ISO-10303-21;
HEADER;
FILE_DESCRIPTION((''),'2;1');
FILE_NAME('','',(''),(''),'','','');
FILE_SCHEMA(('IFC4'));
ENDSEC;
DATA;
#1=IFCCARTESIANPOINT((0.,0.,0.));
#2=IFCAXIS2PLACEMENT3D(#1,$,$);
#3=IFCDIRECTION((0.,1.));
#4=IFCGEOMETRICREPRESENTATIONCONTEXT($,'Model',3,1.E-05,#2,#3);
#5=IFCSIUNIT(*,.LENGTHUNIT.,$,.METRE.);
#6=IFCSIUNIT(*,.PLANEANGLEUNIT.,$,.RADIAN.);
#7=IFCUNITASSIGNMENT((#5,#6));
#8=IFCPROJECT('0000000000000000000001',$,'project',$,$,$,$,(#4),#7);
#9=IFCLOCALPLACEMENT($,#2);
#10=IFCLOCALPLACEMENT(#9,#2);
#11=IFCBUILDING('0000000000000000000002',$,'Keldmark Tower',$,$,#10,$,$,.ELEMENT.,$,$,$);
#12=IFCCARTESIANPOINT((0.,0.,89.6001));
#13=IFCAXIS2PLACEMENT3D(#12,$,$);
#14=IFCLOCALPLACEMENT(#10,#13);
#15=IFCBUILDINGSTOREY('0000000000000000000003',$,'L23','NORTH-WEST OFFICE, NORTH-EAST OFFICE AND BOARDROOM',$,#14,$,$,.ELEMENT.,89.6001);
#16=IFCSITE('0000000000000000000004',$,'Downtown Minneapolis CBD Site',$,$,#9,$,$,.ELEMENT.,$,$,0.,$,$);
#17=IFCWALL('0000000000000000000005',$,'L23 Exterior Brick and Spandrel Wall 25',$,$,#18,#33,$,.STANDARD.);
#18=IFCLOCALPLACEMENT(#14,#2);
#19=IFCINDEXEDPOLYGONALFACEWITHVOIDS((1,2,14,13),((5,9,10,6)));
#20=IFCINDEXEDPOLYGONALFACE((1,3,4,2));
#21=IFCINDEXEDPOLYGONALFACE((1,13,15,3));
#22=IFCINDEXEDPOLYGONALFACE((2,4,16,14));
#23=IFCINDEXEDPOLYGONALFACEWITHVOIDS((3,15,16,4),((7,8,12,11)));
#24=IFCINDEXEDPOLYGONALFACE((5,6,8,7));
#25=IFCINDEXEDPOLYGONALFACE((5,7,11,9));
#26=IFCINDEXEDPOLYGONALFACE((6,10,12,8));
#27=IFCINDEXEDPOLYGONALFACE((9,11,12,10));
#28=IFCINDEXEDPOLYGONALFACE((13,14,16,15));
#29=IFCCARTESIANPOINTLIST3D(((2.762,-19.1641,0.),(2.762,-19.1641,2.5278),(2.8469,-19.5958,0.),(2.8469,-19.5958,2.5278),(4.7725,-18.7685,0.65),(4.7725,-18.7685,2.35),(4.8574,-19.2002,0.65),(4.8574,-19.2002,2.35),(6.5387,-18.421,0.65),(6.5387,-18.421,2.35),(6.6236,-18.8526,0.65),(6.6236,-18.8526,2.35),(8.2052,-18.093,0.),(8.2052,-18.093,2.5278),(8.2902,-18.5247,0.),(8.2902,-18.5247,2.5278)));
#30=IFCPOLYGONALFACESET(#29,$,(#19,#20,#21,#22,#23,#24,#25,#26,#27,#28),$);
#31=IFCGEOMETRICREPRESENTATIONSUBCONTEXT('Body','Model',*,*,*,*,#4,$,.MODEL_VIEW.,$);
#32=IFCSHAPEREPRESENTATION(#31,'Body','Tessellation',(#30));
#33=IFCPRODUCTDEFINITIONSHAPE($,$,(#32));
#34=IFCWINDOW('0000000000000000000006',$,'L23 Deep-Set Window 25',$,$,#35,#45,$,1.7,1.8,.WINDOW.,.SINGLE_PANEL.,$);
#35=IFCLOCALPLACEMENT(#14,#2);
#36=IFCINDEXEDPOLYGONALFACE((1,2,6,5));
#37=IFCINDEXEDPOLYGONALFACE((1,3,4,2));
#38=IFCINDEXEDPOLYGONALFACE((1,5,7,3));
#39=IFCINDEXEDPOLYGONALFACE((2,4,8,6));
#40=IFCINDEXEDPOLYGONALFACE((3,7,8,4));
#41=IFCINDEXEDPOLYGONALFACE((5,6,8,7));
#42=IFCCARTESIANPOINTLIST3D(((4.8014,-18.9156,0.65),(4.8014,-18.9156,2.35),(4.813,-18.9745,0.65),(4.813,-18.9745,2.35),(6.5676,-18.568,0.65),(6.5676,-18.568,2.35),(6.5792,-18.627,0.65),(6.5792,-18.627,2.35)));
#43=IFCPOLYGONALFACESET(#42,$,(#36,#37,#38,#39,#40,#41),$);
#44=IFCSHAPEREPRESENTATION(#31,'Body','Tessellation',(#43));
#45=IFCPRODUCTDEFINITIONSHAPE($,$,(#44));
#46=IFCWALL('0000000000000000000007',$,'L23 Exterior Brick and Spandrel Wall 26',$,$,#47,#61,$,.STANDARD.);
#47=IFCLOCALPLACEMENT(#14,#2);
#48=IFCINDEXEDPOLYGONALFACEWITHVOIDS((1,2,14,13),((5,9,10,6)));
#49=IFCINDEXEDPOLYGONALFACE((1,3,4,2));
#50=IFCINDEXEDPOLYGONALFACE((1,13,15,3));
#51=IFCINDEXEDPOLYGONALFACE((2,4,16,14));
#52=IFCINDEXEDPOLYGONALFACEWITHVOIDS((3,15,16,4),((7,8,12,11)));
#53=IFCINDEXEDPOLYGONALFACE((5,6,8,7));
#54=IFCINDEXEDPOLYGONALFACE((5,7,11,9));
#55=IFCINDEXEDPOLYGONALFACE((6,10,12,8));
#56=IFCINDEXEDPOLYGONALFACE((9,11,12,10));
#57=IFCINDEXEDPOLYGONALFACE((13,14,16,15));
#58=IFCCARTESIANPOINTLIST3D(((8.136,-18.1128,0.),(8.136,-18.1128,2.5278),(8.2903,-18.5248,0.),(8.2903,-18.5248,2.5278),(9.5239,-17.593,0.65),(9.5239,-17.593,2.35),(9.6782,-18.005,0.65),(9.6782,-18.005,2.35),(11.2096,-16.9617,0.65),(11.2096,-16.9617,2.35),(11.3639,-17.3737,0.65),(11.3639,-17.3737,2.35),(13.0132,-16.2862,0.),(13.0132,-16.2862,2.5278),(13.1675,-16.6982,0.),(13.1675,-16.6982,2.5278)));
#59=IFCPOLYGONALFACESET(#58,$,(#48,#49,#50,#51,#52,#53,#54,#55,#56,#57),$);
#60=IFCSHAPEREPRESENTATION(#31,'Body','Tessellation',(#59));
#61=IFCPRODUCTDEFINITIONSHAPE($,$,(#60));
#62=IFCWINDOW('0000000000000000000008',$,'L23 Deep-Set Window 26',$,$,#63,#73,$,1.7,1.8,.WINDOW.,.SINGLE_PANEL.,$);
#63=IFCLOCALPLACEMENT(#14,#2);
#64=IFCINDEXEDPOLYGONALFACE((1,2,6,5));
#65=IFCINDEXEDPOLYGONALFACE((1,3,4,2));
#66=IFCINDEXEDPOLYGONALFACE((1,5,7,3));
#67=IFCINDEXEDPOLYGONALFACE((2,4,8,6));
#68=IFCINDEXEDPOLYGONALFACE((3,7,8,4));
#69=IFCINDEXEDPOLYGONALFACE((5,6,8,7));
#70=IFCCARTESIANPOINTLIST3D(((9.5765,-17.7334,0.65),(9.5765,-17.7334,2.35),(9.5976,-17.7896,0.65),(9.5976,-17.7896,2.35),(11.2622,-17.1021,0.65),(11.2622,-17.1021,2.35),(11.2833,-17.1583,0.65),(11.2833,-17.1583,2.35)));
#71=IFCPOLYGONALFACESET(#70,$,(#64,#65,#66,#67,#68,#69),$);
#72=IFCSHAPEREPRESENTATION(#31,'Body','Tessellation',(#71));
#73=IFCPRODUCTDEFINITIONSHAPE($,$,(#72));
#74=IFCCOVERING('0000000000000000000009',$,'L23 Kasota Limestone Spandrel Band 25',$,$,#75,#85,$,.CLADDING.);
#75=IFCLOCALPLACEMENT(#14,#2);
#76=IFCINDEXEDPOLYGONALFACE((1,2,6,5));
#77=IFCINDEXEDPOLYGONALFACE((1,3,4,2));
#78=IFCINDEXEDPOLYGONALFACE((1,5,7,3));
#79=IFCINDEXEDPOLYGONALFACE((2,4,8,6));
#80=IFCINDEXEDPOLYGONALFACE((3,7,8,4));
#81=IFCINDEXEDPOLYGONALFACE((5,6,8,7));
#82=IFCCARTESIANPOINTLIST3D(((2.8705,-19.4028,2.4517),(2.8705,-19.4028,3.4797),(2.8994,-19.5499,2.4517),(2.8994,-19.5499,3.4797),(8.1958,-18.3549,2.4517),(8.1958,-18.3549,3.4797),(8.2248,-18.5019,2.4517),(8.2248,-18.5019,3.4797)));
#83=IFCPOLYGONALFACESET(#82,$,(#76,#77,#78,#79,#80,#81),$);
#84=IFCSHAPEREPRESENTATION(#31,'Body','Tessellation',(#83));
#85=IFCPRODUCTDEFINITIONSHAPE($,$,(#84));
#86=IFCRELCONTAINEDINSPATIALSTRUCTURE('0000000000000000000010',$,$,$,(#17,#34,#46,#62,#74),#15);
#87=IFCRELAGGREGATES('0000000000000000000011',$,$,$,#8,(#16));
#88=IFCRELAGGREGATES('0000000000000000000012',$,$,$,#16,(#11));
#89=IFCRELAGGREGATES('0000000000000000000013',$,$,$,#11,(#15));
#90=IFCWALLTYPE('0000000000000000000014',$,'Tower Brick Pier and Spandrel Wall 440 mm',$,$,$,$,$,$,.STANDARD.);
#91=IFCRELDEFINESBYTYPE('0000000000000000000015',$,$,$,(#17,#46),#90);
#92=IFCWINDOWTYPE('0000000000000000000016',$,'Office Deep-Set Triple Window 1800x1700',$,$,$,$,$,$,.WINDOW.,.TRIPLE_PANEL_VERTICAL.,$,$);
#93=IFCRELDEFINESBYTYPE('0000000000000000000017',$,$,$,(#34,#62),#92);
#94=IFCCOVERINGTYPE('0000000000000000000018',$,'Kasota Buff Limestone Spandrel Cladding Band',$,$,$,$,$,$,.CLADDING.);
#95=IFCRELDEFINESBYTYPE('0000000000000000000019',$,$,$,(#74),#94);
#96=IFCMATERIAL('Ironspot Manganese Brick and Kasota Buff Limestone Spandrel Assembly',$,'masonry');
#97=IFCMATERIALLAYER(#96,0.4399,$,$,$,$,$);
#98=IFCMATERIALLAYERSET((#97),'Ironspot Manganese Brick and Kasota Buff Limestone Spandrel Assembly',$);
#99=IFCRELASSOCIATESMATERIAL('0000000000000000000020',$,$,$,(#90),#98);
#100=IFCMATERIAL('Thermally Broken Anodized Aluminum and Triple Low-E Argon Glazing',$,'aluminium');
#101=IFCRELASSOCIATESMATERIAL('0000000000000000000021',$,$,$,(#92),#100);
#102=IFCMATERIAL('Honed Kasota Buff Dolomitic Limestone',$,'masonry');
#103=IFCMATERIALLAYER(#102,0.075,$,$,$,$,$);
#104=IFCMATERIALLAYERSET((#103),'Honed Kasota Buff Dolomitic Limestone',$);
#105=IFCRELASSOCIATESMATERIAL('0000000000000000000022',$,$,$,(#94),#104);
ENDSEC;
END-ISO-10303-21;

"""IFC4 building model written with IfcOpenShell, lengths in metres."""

from ifc_helpers import new_model, si_unit, direction, frame, frame_2d, origin, origin_2d, place, context, subcontext, project, spatial, rectangle, extrude, material, layer, layer_set, type_object, element, fill, save


model = new_model("IFC4")

# Units and contexts
model_context = context("Model", 3, precision=1e-05, world=origin(), true_north=direction((0.0, 1.0)))
body_context = subcontext(model_context, "Body", "Model", "MODEL_VIEW")
ifc_project = project(units=[si_unit("LENGTHUNIT", "METRE"), si_unit("PLANEANGLEUNIT", "RADIAN")], contexts=[model_context])

# Site, building, storey
site_placement = place(None, origin())
site = spatial("IfcSite", under=ifc_project, at=site_placement, Name="Downtown Minneapolis CBD Site", CompositionType="ELEMENT", RefElevation=0.0)
building_placement = place(site_placement, origin())
building = spatial("IfcBuilding", under=site, at=building_placement, Name="Keldmark Tower", CompositionType="ELEMENT")
storey_placement = place(building_placement, frame((0.0, 0.0, 89.6001)))
storey = spatial("IfcBuildingStorey", under=building, at=storey_placement, Name="L23", Description="NORTH-WEST OFFICE, NORTH-EAST OFFICE AND BOARDROOM", CompositionType="ELEMENT", Elevation=89.6001)

# Walls, openings, windows
ifc_material_1 = material(Name="Ironspot Manganese Brick and Kasota Buff Limestone Spandrel Assembly", Category="masonry")
ifc_layer_1 = layer(ifc_material_1, 0.4399)
ifc_layer_set_1 = layer_set([ifc_layer_1], Name="Ironspot Manganese Brick and Kasota Buff Limestone Spandrel Assembly")
wall_type_1 = type_object("IfcWallType", Name="Tower Brick Pier and Spandrel Wall 440 mm", PredefinedType="STANDARD", material=ifc_layer_set_1)
ifc_material_2 = material(Name="Thermally Broken Anodized Aluminum and Triple Low-E Argon Glazing", Category="aluminium")
window_type = type_object("IfcWindowType", Name="Office Deep-Set Triple Window 1800x1700", PartitioningType="TRIPLE_PANEL_VERTICAL", PredefinedType="WINDOW", material=ifc_material_2)
wall_1_placement = place(storey_placement, frame((8.2478, -18.3088, 0.0), z_axis=(0.0, 0.0, 1.0), x_axis=(-0.981185, -0.193068, 0.0)))
wall_1 = element("IfcWall", 1, at=wall_1_placement, inside=storey, type_object=wall_type_1, Name="L23 Exterior Brick and Spandrel Wall 25", PredefinedType="STANDARD", context=body_context, shape_type="SweptSolid", body=[
    extrude(rectangle(XDim=5.5476, YDim=0.4399, at=frame_2d((2.7739, 0.0))), origin(), (0.0, 0.0, 1.0), 2.5278),
])
opening_1_placement = place(wall_1_placement, frame((1.6987, 0.0, 0.6499)))
opening_1 = element("IfcOpeningElement", 2, at=opening_1_placement, cuts=wall_1, PredefinedType="OPENING", context=body_context, shape_type="SweptSolid", body=[
    extrude(rectangle(XDim=1.8, YDim=1.7, at=frame_2d((0.8999, 0.8501))), frame((0.0, 0.23, 0.0), z_axis=(0.0, -1.0, 0.0), x_axis=(1.0, 0.0, 0.0)), (0.0, 0.0, 1.0), 0.46),
])
window_1_placement = place(opening_1_placement, origin())
window_1 = element("IfcWindow", 3, at=window_1_placement, inside=storey, type_object=window_type, Name="L23 Deep-Set Window 25", OverallHeight=1.7, OverallWidth=1.8, PartitioningType="SINGLE_PANEL", PredefinedType="WINDOW", context=body_context, shape_type="SweptSolid", body=[
    extrude(rectangle(XDim=1.8, YDim=1.7, at=frame_2d((0.8999, 0.8501))), frame((0.0, -0.01, 0.0), z_axis=(0.0, -1.0, 0.0), x_axis=(1.0, 0.0, 0.0)), (0.0, 0.0, 1.0), 0.0601),
])
fill(opening_1, window_1)
wall_2_placement = place(storey_placement, frame((13.0903, -16.4922, 0.0), z_axis=(0.0, 0.0, 1.0), x_axis=(-0.936474, -0.350738, 0.0)))
wall_2 = element("IfcWall", 4, at=wall_2_placement, inside=storey, type_object=wall_type_1, Name="L23 Exterior Brick and Spandrel Wall 26", PredefinedType="STANDARD", context=body_context, shape_type="SweptSolid", body=[
    extrude(rectangle(XDim=5.208, YDim=0.4399, at=frame_2d((2.604, 0.0))), origin(), (0.0, 0.0, 1.0), 2.5278),
])
opening_2_placement = place(wall_2_placement, frame((1.926, 0.0, 0.6499)))
opening_2 = element("IfcOpeningElement", 5, at=opening_2_placement, cuts=wall_2, PredefinedType="OPENING", context=body_context, shape_type="SweptSolid", body=[
    extrude(rectangle(XDim=1.8, YDim=1.7, at=frame_2d((0.8999, 0.8501))), frame((0.0, 0.23, 0.0), z_axis=(0.0, -1.0, 0.0), x_axis=(1.0, 0.0, 0.0)), (0.0, 0.0, 1.0), 0.46),
])
window_2_placement = place(opening_2_placement, origin())
window_2 = element("IfcWindow", 6, at=window_2_placement, inside=storey, type_object=window_type, Name="L23 Deep-Set Window 26", OverallHeight=1.7, OverallWidth=1.8, PartitioningType="SINGLE_PANEL", PredefinedType="WINDOW", context=body_context, shape_type="SweptSolid", body=[
    extrude(rectangle(XDim=1.8, YDim=1.7, at=frame_2d((0.8999, 0.8501))), frame((0.0, -0.01, 0.0), z_axis=(0.0, -1.0, 0.0), x_axis=(1.0, 0.0, 0.0)), (0.0, 0.0, 1.0), 0.0601),
])
fill(opening_2, window_2)

# Covering
ifc_material_3 = material(Name="Honed Kasota Buff Dolomitic Limestone", Category="masonry")
ifc_layer_2 = layer(ifc_material_3, 0.075)
ifc_layer_set_2 = layer_set([ifc_layer_2], Name="Honed Kasota Buff Dolomitic Limestone")
covering_type = type_object("IfcCoveringType", Name="Kasota Buff Limestone Spandrel Cladding Band", PredefinedType="CLADDING", material=ifc_layer_set_2)
covering_placement = place(storey_placement, frame((5.5476, -18.9524, 2.4517), z_axis=(0.0, 0.0, 1.0), x_axis=(0.981182, 0.193087, 0.0)))
element("IfcCovering", 7, at=covering_placement, inside=storey, type_object=covering_type, Name="L23 Kasota Limestone Spandrel Band 25", PredefinedType="CLADDING", context=body_context, shape_type="SweptSolid", body=[
    extrude(rectangle(XDim=5.4275, YDim=0.1499, at=origin_2d()), origin(), (0.0, 0.0, 1.0), 1.0281),
])

save(model, "model.ifc")
